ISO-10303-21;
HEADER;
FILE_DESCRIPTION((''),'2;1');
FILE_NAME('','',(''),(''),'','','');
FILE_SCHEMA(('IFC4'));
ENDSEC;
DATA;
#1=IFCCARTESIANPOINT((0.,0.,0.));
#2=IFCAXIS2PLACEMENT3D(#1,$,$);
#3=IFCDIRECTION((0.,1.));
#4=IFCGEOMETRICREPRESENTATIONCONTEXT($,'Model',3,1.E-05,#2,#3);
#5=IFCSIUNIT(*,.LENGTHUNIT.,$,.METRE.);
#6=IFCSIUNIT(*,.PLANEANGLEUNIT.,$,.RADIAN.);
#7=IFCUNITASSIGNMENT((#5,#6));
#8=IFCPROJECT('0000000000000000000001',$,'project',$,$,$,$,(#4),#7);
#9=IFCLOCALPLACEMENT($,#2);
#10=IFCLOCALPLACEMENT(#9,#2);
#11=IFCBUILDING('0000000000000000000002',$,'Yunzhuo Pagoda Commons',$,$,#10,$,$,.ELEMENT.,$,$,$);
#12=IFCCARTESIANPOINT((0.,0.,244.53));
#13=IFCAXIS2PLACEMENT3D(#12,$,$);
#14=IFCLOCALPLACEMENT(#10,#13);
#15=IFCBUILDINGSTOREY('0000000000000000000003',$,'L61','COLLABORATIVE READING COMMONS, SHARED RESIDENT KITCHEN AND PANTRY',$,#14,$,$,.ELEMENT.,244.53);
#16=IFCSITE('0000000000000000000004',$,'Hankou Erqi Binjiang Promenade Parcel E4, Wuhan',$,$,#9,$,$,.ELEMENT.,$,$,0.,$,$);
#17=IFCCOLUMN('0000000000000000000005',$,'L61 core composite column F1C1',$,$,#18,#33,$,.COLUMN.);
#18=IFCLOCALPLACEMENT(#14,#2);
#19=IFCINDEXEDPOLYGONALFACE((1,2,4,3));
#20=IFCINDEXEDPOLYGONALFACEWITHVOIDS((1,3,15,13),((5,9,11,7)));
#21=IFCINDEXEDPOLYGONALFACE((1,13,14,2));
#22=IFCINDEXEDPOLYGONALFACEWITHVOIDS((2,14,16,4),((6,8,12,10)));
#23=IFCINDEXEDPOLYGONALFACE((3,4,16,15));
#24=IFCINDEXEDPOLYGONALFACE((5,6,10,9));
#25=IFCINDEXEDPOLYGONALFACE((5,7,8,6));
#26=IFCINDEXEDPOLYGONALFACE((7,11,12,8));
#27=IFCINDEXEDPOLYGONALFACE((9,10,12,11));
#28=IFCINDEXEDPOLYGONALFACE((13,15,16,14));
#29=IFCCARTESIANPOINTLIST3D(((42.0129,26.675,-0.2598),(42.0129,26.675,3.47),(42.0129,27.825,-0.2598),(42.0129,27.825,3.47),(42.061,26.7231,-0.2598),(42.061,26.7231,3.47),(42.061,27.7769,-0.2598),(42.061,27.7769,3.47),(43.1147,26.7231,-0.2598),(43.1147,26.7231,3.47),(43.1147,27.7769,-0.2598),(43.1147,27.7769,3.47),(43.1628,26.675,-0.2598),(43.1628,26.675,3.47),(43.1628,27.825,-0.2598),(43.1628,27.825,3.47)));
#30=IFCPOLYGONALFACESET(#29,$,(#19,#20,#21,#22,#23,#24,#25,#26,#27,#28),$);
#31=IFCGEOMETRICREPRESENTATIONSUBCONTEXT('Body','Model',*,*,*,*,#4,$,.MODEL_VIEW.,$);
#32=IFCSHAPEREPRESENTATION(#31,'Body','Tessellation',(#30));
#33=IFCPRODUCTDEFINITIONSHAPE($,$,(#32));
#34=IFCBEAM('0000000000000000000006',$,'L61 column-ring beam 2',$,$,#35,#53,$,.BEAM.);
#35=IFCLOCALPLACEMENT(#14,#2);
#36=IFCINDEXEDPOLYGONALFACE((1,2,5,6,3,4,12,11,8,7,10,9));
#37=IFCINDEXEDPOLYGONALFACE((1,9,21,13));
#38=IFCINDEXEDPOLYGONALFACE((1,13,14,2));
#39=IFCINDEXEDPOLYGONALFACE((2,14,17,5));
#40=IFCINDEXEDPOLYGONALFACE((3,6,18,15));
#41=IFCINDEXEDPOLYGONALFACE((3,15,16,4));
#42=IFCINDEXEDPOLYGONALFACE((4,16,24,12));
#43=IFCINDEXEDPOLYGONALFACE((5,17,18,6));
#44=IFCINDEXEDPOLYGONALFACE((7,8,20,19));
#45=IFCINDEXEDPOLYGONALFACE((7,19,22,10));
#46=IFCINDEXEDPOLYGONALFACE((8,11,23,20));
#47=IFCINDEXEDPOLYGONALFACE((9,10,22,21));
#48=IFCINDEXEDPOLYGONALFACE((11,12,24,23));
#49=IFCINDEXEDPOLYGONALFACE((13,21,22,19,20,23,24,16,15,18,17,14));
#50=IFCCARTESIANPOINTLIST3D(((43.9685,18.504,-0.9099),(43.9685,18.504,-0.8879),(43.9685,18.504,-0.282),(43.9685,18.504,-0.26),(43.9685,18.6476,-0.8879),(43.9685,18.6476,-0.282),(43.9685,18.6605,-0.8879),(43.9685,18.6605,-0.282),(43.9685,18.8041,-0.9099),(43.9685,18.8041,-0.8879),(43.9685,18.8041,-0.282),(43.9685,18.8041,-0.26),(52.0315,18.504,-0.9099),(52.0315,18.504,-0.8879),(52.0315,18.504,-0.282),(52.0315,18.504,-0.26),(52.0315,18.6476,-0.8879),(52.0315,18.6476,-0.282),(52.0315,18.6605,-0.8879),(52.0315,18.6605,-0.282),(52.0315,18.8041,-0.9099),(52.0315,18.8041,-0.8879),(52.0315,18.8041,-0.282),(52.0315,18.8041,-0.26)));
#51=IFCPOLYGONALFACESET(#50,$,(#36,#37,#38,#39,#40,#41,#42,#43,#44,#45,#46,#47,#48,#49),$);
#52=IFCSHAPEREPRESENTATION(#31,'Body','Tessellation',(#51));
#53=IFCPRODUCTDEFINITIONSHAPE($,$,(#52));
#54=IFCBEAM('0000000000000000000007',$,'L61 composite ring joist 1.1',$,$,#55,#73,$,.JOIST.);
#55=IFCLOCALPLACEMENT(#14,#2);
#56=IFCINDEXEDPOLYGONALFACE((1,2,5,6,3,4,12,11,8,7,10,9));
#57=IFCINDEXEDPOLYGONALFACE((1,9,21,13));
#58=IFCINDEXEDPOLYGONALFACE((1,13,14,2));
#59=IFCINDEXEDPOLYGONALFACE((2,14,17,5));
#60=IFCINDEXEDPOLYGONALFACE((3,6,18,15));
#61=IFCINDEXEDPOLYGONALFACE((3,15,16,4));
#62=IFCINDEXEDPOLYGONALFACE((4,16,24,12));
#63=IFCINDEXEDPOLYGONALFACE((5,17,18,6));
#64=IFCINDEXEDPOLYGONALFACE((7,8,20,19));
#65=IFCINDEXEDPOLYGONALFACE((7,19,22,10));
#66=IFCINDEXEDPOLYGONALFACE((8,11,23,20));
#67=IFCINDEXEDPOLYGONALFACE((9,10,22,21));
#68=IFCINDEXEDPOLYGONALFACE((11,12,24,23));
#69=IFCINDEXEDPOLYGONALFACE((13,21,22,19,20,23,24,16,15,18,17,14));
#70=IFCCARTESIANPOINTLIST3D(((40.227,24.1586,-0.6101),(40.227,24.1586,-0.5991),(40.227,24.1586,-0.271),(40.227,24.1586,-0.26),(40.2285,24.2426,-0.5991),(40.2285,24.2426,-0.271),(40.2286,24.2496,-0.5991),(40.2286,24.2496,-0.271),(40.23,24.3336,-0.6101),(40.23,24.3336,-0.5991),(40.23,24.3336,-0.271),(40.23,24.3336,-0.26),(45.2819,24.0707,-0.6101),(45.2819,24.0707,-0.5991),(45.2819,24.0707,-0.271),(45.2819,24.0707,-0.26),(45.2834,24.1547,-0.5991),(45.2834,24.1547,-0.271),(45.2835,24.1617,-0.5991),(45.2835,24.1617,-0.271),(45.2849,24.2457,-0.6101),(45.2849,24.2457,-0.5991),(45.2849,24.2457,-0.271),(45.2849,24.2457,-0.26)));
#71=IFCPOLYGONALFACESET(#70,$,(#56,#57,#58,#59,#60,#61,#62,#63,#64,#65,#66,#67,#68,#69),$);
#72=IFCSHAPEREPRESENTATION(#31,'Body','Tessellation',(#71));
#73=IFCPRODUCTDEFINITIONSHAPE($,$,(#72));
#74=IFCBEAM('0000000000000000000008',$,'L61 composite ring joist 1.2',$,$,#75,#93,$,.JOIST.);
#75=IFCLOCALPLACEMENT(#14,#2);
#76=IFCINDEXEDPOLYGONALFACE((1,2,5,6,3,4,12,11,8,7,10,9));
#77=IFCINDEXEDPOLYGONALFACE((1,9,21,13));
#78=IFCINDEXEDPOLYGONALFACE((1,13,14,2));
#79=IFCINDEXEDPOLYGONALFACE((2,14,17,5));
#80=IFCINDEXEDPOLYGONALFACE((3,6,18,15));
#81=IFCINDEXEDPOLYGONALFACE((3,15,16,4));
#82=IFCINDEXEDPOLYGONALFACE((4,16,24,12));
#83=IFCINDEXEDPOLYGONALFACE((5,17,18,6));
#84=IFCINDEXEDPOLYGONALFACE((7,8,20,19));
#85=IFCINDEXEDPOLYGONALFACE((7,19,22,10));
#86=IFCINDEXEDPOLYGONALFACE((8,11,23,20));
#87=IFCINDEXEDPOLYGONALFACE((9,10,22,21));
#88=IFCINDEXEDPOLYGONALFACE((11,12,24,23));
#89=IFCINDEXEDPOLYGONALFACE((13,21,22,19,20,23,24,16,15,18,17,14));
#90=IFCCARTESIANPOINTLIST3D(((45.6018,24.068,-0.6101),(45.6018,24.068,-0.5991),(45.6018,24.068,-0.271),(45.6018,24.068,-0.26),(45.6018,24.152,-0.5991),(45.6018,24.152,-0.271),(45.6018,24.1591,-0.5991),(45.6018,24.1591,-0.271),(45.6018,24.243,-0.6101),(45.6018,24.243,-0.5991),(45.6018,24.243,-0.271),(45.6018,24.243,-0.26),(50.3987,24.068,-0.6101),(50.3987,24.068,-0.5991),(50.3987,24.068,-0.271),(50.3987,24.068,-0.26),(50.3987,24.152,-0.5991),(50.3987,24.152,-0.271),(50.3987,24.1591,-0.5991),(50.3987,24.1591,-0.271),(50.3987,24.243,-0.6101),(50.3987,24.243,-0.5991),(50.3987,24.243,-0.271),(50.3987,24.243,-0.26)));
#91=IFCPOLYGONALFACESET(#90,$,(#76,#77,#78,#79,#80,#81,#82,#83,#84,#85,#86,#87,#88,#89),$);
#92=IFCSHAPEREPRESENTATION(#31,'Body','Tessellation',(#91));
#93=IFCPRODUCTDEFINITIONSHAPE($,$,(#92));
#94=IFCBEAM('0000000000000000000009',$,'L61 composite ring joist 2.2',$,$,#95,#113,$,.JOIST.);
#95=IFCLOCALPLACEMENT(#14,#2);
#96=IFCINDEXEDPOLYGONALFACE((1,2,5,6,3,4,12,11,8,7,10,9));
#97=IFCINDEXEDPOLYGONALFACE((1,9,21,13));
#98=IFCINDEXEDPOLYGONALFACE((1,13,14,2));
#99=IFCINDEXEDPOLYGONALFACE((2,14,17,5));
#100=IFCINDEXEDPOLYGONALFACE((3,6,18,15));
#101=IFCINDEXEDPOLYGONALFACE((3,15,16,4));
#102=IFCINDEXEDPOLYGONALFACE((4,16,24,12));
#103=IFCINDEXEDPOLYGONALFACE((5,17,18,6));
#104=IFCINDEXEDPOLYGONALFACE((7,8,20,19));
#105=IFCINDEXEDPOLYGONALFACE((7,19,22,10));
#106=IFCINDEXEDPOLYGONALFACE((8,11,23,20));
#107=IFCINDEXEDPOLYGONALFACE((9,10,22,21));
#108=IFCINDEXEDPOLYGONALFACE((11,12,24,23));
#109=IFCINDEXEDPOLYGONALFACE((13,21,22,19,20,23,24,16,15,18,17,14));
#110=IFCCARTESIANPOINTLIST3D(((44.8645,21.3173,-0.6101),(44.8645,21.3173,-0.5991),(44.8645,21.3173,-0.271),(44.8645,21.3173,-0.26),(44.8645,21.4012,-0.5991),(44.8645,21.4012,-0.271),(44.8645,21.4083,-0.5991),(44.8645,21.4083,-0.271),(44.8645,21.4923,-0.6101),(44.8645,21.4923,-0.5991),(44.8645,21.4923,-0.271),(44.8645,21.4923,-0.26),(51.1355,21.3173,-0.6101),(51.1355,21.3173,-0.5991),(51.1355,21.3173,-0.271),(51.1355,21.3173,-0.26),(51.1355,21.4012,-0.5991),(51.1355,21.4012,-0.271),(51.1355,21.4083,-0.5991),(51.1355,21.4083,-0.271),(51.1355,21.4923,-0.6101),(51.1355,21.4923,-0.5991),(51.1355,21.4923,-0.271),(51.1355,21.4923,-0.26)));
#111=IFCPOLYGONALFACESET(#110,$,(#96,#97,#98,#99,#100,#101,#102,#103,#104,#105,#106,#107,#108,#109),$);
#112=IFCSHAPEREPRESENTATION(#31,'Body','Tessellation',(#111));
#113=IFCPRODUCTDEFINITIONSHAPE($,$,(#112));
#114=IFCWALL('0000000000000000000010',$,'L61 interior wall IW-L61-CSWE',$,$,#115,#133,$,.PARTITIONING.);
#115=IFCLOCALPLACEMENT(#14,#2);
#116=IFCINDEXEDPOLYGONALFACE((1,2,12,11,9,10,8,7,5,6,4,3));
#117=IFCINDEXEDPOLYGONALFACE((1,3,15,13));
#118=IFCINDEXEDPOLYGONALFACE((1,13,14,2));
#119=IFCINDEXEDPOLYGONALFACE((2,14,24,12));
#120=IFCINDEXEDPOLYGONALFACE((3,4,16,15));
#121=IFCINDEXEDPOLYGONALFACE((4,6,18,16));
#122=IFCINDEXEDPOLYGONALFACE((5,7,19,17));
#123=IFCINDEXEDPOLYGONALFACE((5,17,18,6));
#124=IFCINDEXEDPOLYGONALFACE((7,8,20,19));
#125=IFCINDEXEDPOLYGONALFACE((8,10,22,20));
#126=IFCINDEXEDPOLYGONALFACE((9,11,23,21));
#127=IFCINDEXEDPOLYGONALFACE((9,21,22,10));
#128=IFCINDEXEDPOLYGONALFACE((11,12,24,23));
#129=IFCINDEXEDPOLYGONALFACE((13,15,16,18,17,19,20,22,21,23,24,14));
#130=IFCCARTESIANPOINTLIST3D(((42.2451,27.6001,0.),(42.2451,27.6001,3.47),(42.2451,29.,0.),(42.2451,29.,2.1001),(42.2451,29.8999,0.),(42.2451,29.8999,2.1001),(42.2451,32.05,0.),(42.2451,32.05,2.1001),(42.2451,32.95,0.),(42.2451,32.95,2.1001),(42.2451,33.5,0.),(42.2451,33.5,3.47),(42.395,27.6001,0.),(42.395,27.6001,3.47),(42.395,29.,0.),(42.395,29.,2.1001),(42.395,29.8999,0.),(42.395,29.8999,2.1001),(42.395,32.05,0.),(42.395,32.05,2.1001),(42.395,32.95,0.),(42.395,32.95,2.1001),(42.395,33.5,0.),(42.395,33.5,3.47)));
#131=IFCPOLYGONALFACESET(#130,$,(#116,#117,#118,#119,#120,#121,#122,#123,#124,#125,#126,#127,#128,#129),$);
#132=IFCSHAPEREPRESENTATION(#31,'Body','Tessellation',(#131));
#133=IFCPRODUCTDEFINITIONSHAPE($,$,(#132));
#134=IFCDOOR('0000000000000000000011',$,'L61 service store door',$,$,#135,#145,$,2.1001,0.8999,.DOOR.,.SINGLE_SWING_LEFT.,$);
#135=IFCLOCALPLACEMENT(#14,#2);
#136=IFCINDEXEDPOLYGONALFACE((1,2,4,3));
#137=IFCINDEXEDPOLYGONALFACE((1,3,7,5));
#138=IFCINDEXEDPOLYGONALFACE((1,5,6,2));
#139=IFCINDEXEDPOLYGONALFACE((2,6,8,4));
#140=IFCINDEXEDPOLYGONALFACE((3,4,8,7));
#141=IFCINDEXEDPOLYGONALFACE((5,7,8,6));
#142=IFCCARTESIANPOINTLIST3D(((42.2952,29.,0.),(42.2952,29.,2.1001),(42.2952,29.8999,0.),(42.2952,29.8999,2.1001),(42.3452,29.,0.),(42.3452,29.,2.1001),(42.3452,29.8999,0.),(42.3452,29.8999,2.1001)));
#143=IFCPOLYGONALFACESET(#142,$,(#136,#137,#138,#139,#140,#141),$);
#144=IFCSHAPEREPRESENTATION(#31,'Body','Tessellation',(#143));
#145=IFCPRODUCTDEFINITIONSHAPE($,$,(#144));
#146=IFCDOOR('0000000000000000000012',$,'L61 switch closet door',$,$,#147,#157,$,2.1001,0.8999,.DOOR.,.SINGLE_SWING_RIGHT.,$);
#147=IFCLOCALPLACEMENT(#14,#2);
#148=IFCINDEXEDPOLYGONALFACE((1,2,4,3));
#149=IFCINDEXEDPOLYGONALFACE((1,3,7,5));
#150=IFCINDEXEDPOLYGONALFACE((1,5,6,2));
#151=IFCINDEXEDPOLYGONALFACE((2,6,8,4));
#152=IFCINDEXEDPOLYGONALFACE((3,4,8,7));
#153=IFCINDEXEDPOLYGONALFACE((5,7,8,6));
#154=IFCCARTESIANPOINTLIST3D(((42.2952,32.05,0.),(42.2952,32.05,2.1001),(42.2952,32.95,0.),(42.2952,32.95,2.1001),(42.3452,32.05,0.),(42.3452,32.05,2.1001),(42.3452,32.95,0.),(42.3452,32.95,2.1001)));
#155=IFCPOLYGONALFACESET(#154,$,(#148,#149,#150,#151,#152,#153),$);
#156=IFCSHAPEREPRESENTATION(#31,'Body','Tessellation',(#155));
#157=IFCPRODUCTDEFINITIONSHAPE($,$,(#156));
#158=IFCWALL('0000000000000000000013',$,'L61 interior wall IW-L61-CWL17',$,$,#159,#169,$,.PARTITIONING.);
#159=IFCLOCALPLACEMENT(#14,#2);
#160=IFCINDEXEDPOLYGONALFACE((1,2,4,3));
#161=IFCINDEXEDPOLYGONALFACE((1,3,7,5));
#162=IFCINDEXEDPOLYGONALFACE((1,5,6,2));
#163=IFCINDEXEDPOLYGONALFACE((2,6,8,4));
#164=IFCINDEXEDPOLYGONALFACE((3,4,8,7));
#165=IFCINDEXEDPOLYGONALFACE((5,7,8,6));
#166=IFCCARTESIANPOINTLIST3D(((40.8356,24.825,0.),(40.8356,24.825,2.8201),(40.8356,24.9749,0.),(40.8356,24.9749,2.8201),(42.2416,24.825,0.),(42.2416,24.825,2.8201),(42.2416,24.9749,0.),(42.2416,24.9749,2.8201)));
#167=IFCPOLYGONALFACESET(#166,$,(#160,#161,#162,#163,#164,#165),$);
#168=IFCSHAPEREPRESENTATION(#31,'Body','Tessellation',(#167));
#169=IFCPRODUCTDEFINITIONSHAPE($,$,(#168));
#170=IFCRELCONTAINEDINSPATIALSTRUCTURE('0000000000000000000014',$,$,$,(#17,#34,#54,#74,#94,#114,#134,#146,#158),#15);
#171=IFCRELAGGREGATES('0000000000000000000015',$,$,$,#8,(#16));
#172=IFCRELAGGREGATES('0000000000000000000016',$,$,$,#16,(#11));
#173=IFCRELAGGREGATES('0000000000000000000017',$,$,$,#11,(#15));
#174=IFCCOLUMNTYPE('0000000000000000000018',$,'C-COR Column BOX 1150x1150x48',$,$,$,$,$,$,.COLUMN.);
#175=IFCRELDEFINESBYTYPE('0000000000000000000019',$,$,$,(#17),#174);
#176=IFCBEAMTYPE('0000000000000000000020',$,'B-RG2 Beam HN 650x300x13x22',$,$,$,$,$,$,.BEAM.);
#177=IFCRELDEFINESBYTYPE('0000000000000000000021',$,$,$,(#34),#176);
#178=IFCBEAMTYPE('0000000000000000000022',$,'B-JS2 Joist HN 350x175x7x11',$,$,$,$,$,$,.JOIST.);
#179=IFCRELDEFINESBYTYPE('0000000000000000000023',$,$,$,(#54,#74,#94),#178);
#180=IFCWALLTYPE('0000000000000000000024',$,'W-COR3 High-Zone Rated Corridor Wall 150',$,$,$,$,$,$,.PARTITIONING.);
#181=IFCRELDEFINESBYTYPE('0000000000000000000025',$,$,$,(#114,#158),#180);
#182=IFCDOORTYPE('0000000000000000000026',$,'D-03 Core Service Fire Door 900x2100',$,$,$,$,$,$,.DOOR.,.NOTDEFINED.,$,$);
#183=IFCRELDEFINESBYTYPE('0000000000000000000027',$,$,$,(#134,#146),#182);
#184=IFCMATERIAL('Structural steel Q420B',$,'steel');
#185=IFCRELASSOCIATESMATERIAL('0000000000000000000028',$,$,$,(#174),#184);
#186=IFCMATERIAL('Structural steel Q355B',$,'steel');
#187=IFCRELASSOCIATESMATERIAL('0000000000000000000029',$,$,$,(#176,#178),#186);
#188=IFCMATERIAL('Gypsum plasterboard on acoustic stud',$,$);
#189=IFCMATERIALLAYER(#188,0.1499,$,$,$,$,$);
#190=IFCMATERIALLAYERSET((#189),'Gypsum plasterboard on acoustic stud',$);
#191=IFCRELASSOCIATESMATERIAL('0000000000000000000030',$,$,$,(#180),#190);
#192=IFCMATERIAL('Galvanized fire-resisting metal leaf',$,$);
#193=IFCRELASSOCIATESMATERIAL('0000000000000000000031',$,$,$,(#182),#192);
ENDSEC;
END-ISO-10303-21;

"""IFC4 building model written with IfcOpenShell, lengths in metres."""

from ifc_helpers import new_model, si_unit, direction, frame, frame_2d, origin, origin_with_axes, origin_2d, place, context, subcontext, project, spatial, rectangle, hollow_rectangle, i_section, extrude, source, transform, mapped, material, layer, layer_set, material_profile, profile_set, type_object, element, fill, save


model = new_model("IFC4")

# Units and contexts
model_context = context("Model", 3, precision=1e-05, world=origin(), true_north=direction((0.0, 1.0)))
body_context = subcontext(model_context, "Body", "Model", "MODEL_VIEW")
ifc_project = project(units=[si_unit("LENGTHUNIT", "METRE"), si_unit("PLANEANGLEUNIT", "RADIAN")], contexts=[model_context])

# Site, building, storey
site_placement = place(None, origin())
site = spatial("IfcSite", under=ifc_project, at=site_placement, Name="Hankou Erqi Binjiang Promenade Parcel E4, Wuhan", CompositionType="ELEMENT", RefElevation=0.0)
building_placement = place(site_placement, origin())
building = spatial("IfcBuilding", under=site, at=building_placement, Name="Yunzhuo Pagoda Commons", CompositionType="ELEMENT")
storey_placement = place(building_placement, frame((0.0, 0.0, 244.53)))
storey = spatial("IfcBuildingStorey", under=building, at=storey_placement, Name="L61", Description="COLLABORATIVE READING COMMONS, SHARED RESIDENT KITCHEN AND PANTRY", CompositionType="ELEMENT", Elevation=244.53)

# Column
ifc_material_1 = material(Name="Structural steel Q420B", Category="steel")
ifc_material_profile_1 = material_profile(ifc_material_1, hollow_rectangle(XDim=1.1499, YDim=1.1499, WallThickness=0.0481, at=origin_2d()), Name="Structural steel Q420B")
ifc_profile_set_1 = profile_set([ifc_material_profile_1], Name="Structural steel Q420B")
column_type = type_object("IfcColumnType", Name="C-COR Column BOX 1150x1150x48", PredefinedType="COLUMN", material=ifc_profile_set_1)
shared_shape_1 = source(origin(), body_context, "Body", "SweptSolid", [
    extrude(hollow_rectangle(XDim=1.1499, YDim=1.1499, WallThickness=0.0481, at=origin_2d()), origin(), (0.0, 0.0, 1.0), 3.7297),
])
column_placement = place(storey_placement, frame((42.5879, 27.25, -0.2598), z_axis=(0.0, 0.0, 1.0), x_axis=(1.0, 0.0, 0.0)))
element("IfcColumn", 1, at=column_placement, inside=storey, type_object=column_type, Name="L61 core composite column F1C1", PredefinedType="COLUMN", context=body_context, shape_type="MappedRepresentation", body=[
    mapped(shared_shape_1, transform((0.0, 0.0, 0.0), scale=1.0)),
])

# Beams
ifc_material_2 = material(Name="Structural steel Q355B", Category="steel")
ifc_material_profile_2 = material_profile(ifc_material_2, i_section(OverallWidth=0.3, OverallDepth=0.6499, WebThickness=0.0129, FlangeThickness=0.022, at=origin_2d()), Name="Structural steel Q355B")
ifc_profile_set_2 = profile_set([ifc_material_profile_2], Name="Structural steel Q355B")
beam_type_1 = type_object("IfcBeamType", Name="B-RG2 Beam HN 650x300x13x22", PredefinedType="BEAM", material=ifc_profile_set_2)
shared_shape_2 = source(origin(), body_context, "Body", "SweptSolid", [
    extrude(i_section(OverallWidth=0.3, OverallDepth=0.6499, WebThickness=0.0129, FlangeThickness=0.022, at=origin_2d()), origin(), (0.0, 0.0, 1.0), 8.063),
])
beam_1_placement = place(storey_placement, frame((43.9685, 18.6541, -0.585), z_axis=(1.0, 0.0, 0.0), x_axis=(0.0, 1.0, 0.0)))
element("IfcBeam", 2, at=beam_1_placement, inside=storey, type_object=beam_type_1, Name="L61 column-ring beam 2", PredefinedType="BEAM", context=body_context, shape_type="MappedRepresentation", body=[
    mapped(shared_shape_2, transform((0.0, 0.0, 0.0), scale=1.0)),
])
ifc_material_profile_3 = material_profile(ifc_material_2, i_section(OverallWidth=0.175, OverallDepth=0.3501, WebThickness=0.0071, FlangeThickness=0.011, at=origin_2d()), Name="Structural steel Q355B")
ifc_profile_set_3 = profile_set([ifc_material_profile_3], Name="Structural steel Q355B")
beam_type_2 = type_object("IfcBeamType", Name="B-JS2 Joist HN 350x175x7x11", PredefinedType="JOIST", material=ifc_profile_set_3)
shared_shape_3 = source(origin(), body_context, "Body", "SweptSolid", [
    extrude(i_section(OverallWidth=0.175, OverallDepth=0.3501, WebThickness=0.0071, FlangeThickness=0.011, at=origin_2d()), origin(), (0.0, 0.0, 1.0), 5.0557),
])
beam_2_placement = place(storey_placement, frame((40.2285, 24.2461, -0.4351), z_axis=(0.999849, -0.017384, 0.0), x_axis=(0.017384, 0.999849, 0.0)))
element("IfcBeam", 3, at=beam_2_placement, inside=storey, type_object=beam_type_2, Name="L61 composite ring joist 1.1", PredefinedType="JOIST", context=body_context, shape_type="MappedRepresentation", body=[
    mapped(shared_shape_3, transform((0.0, 0.0, 0.0), scale=1.0)),
])
shared_shape_4 = source(origin(), body_context, "Body", "SweptSolid", [
    extrude(i_section(OverallWidth=0.175, OverallDepth=0.3501, WebThickness=0.0071, FlangeThickness=0.011, at=origin_2d()), origin(), (0.0, 0.0, 1.0), 4.7969),
])
beam_3_placement = place(storey_placement, frame((45.6018, 24.1555, -0.4351), z_axis=(1.0, 0.0, 0.0), x_axis=(0.0, 1.0, 0.0)))
element("IfcBeam", 4, at=beam_3_placement, inside=storey, type_object=beam_type_2, Name="L61 composite ring joist 1.2", PredefinedType="JOIST", context=body_context, shape_type="MappedRepresentation", body=[
    mapped(shared_shape_4, transform((0.0, 0.0, 0.0), scale=1.0)),
])
shared_shape_5 = source(origin(), body_context, "Body", "SweptSolid", [
    extrude(i_section(OverallWidth=0.175, OverallDepth=0.3501, WebThickness=0.0071, FlangeThickness=0.011, at=origin_2d()), origin(), (0.0, 0.0, 1.0), 6.271),
])
beam_4_placement = place(storey_placement, frame((44.8645, 21.4048, -0.4351), z_axis=(1.0, 0.0, 0.0), x_axis=(0.0, 1.0, 0.0)))
element("IfcBeam", 5, at=beam_4_placement, inside=storey, type_object=beam_type_2, Name="L61 composite ring joist 2.2", PredefinedType="JOIST", context=body_context, shape_type="MappedRepresentation", body=[
    mapped(shared_shape_5, transform((0.0, 0.0, 0.0), scale=1.0)),
])

# Wall, openings, doors
ifc_material_3 = material(Name="Gypsum plasterboard on acoustic stud")
ifc_layer_1 = layer(ifc_material_3, 0.1499)
ifc_layer_set_1 = layer_set([ifc_layer_1], Name="Gypsum plasterboard on acoustic stud")
wall_type_1 = type_object("IfcWallType", Name="W-COR3 High-Zone Rated Corridor Wall 150", PredefinedType="PARTITIONING", material=ifc_layer_set_1)
wall_1_placement = place(storey_placement, frame((42.3201, 27.6001, 0.0), z_axis=(0.0, 0.0, 1.0), x_axis=(0.0, 1.0, 0.0)))
wall_1 = element("IfcWall", 6, at=wall_1_placement, inside=storey, type_object=wall_type_1, Name="L61 interior wall IW-L61-CSWE", PredefinedType="PARTITIONING", context=body_context, shape_type="SweptSolid", body=[
    extrude(rectangle(XDim=5.8999, YDim=0.1499, at=frame_2d((2.95, 0.0))), origin(), (0.0, 0.0, 1.0), 3.47),
])
opening_1_placement = place(wall_1_placement, frame((1.3999, 0.0, 0.0)))
opening_1 = element("IfcOpeningElement", 7, at=opening_1_placement, cuts=wall_1, PredefinedType="OPENING", context=body_context, shape_type="SweptSolid", body=[
    extrude(rectangle(XDim=0.8999, YDim=2.1001, at=frame_2d((0.45, 1.05))), frame((0.0, 0.085, 0.0), z_axis=(0.0, -1.0, 0.0), x_axis=(1.0, 0.0, 0.0)), (0.0, 0.0, 1.0), 0.1699),
])
opening_2_placement = place(wall_1_placement, frame((4.45, 0.0, 0.0)))
opening_2 = element("IfcOpeningElement", 8, at=opening_2_placement, cuts=wall_1, PredefinedType="OPENING", context=body_context, shape_type="SweptSolid", body=[
    extrude(rectangle(XDim=0.8999, YDim=2.1001, at=frame_2d((0.45, 1.05))), frame((0.0, 0.085, 0.0), z_axis=(0.0, -1.0, 0.0), x_axis=(1.0, 0.0, 0.0)), (0.0, 0.0, 1.0), 0.1699),
])
ifc_material_4 = material(Name="Galvanized fire-resisting metal leaf")
door_type_1 = type_object("IfcDoorType", Name="D-03 Core Service Fire Door 900x2100", OperationType="NOTDEFINED", PredefinedType="DOOR", material=ifc_material_4)
shared_shape_6 = source(origin(), body_context, "Body", "SweptSolid", [
    extrude(rectangle(XDim=0.8999, YDim=2.1001, at=frame_2d((0.45, 1.05))), frame((0.0, 0.0249, 0.0), z_axis=(0.0, -1.0, 0.0), x_axis=(1.0, 0.0, 0.0)), (0.0, 0.0, 1.0), 0.05),
])
door_1_placement = place(opening_1_placement, origin_with_axes())
door_1 = element("IfcDoor", 9, at=door_1_placement, inside=storey, type_object=door_type_1, Name="L61 service store door", OperationType="SINGLE_SWING_LEFT", OverallHeight=2.1001, OverallWidth=0.8999, PredefinedType="DOOR", context=body_context, shape_type="MappedRepresentation", body=[
    mapped(shared_shape_6, transform((0.0, 0.0, 0.0), scale=1.0)),
])
fill(opening_1, door_1)
door_2_placement = place(opening_2_placement, origin_with_axes())
door_2 = element("IfcDoor", 10, at=door_2_placement, inside=storey, type_object=door_type_1, Name="L61 switch closet door", OperationType="SINGLE_SWING_RIGHT", OverallHeight=2.1001, OverallWidth=0.8999, PredefinedType="DOOR", context=body_context, shape_type="MappedRepresentation", body=[
    mapped(shared_shape_6, transform((0.0, 0.0, 0.0), scale=1.0)),
])
fill(opening_2, door_2)

# Wall
wall_2_placement = place(storey_placement, frame((42.2417, 24.8999, 0.0), z_axis=(0.0, 0.0, 1.0), x_axis=(-1.0, 0.0, 0.0)))
element("IfcWall", 11, at=wall_2_placement, inside=storey, type_object=wall_type_1, Name="L61 interior wall IW-L61-CWL17", PredefinedType="PARTITIONING", context=body_context, shape_type="SweptSolid", body=[
    extrude(rectangle(XDim=1.406, YDim=0.1499, at=frame_2d((0.7031, 0.0))), origin(), (0.0, 0.0, 1.0), 2.8201),
])

save(model, "model.ifc")
